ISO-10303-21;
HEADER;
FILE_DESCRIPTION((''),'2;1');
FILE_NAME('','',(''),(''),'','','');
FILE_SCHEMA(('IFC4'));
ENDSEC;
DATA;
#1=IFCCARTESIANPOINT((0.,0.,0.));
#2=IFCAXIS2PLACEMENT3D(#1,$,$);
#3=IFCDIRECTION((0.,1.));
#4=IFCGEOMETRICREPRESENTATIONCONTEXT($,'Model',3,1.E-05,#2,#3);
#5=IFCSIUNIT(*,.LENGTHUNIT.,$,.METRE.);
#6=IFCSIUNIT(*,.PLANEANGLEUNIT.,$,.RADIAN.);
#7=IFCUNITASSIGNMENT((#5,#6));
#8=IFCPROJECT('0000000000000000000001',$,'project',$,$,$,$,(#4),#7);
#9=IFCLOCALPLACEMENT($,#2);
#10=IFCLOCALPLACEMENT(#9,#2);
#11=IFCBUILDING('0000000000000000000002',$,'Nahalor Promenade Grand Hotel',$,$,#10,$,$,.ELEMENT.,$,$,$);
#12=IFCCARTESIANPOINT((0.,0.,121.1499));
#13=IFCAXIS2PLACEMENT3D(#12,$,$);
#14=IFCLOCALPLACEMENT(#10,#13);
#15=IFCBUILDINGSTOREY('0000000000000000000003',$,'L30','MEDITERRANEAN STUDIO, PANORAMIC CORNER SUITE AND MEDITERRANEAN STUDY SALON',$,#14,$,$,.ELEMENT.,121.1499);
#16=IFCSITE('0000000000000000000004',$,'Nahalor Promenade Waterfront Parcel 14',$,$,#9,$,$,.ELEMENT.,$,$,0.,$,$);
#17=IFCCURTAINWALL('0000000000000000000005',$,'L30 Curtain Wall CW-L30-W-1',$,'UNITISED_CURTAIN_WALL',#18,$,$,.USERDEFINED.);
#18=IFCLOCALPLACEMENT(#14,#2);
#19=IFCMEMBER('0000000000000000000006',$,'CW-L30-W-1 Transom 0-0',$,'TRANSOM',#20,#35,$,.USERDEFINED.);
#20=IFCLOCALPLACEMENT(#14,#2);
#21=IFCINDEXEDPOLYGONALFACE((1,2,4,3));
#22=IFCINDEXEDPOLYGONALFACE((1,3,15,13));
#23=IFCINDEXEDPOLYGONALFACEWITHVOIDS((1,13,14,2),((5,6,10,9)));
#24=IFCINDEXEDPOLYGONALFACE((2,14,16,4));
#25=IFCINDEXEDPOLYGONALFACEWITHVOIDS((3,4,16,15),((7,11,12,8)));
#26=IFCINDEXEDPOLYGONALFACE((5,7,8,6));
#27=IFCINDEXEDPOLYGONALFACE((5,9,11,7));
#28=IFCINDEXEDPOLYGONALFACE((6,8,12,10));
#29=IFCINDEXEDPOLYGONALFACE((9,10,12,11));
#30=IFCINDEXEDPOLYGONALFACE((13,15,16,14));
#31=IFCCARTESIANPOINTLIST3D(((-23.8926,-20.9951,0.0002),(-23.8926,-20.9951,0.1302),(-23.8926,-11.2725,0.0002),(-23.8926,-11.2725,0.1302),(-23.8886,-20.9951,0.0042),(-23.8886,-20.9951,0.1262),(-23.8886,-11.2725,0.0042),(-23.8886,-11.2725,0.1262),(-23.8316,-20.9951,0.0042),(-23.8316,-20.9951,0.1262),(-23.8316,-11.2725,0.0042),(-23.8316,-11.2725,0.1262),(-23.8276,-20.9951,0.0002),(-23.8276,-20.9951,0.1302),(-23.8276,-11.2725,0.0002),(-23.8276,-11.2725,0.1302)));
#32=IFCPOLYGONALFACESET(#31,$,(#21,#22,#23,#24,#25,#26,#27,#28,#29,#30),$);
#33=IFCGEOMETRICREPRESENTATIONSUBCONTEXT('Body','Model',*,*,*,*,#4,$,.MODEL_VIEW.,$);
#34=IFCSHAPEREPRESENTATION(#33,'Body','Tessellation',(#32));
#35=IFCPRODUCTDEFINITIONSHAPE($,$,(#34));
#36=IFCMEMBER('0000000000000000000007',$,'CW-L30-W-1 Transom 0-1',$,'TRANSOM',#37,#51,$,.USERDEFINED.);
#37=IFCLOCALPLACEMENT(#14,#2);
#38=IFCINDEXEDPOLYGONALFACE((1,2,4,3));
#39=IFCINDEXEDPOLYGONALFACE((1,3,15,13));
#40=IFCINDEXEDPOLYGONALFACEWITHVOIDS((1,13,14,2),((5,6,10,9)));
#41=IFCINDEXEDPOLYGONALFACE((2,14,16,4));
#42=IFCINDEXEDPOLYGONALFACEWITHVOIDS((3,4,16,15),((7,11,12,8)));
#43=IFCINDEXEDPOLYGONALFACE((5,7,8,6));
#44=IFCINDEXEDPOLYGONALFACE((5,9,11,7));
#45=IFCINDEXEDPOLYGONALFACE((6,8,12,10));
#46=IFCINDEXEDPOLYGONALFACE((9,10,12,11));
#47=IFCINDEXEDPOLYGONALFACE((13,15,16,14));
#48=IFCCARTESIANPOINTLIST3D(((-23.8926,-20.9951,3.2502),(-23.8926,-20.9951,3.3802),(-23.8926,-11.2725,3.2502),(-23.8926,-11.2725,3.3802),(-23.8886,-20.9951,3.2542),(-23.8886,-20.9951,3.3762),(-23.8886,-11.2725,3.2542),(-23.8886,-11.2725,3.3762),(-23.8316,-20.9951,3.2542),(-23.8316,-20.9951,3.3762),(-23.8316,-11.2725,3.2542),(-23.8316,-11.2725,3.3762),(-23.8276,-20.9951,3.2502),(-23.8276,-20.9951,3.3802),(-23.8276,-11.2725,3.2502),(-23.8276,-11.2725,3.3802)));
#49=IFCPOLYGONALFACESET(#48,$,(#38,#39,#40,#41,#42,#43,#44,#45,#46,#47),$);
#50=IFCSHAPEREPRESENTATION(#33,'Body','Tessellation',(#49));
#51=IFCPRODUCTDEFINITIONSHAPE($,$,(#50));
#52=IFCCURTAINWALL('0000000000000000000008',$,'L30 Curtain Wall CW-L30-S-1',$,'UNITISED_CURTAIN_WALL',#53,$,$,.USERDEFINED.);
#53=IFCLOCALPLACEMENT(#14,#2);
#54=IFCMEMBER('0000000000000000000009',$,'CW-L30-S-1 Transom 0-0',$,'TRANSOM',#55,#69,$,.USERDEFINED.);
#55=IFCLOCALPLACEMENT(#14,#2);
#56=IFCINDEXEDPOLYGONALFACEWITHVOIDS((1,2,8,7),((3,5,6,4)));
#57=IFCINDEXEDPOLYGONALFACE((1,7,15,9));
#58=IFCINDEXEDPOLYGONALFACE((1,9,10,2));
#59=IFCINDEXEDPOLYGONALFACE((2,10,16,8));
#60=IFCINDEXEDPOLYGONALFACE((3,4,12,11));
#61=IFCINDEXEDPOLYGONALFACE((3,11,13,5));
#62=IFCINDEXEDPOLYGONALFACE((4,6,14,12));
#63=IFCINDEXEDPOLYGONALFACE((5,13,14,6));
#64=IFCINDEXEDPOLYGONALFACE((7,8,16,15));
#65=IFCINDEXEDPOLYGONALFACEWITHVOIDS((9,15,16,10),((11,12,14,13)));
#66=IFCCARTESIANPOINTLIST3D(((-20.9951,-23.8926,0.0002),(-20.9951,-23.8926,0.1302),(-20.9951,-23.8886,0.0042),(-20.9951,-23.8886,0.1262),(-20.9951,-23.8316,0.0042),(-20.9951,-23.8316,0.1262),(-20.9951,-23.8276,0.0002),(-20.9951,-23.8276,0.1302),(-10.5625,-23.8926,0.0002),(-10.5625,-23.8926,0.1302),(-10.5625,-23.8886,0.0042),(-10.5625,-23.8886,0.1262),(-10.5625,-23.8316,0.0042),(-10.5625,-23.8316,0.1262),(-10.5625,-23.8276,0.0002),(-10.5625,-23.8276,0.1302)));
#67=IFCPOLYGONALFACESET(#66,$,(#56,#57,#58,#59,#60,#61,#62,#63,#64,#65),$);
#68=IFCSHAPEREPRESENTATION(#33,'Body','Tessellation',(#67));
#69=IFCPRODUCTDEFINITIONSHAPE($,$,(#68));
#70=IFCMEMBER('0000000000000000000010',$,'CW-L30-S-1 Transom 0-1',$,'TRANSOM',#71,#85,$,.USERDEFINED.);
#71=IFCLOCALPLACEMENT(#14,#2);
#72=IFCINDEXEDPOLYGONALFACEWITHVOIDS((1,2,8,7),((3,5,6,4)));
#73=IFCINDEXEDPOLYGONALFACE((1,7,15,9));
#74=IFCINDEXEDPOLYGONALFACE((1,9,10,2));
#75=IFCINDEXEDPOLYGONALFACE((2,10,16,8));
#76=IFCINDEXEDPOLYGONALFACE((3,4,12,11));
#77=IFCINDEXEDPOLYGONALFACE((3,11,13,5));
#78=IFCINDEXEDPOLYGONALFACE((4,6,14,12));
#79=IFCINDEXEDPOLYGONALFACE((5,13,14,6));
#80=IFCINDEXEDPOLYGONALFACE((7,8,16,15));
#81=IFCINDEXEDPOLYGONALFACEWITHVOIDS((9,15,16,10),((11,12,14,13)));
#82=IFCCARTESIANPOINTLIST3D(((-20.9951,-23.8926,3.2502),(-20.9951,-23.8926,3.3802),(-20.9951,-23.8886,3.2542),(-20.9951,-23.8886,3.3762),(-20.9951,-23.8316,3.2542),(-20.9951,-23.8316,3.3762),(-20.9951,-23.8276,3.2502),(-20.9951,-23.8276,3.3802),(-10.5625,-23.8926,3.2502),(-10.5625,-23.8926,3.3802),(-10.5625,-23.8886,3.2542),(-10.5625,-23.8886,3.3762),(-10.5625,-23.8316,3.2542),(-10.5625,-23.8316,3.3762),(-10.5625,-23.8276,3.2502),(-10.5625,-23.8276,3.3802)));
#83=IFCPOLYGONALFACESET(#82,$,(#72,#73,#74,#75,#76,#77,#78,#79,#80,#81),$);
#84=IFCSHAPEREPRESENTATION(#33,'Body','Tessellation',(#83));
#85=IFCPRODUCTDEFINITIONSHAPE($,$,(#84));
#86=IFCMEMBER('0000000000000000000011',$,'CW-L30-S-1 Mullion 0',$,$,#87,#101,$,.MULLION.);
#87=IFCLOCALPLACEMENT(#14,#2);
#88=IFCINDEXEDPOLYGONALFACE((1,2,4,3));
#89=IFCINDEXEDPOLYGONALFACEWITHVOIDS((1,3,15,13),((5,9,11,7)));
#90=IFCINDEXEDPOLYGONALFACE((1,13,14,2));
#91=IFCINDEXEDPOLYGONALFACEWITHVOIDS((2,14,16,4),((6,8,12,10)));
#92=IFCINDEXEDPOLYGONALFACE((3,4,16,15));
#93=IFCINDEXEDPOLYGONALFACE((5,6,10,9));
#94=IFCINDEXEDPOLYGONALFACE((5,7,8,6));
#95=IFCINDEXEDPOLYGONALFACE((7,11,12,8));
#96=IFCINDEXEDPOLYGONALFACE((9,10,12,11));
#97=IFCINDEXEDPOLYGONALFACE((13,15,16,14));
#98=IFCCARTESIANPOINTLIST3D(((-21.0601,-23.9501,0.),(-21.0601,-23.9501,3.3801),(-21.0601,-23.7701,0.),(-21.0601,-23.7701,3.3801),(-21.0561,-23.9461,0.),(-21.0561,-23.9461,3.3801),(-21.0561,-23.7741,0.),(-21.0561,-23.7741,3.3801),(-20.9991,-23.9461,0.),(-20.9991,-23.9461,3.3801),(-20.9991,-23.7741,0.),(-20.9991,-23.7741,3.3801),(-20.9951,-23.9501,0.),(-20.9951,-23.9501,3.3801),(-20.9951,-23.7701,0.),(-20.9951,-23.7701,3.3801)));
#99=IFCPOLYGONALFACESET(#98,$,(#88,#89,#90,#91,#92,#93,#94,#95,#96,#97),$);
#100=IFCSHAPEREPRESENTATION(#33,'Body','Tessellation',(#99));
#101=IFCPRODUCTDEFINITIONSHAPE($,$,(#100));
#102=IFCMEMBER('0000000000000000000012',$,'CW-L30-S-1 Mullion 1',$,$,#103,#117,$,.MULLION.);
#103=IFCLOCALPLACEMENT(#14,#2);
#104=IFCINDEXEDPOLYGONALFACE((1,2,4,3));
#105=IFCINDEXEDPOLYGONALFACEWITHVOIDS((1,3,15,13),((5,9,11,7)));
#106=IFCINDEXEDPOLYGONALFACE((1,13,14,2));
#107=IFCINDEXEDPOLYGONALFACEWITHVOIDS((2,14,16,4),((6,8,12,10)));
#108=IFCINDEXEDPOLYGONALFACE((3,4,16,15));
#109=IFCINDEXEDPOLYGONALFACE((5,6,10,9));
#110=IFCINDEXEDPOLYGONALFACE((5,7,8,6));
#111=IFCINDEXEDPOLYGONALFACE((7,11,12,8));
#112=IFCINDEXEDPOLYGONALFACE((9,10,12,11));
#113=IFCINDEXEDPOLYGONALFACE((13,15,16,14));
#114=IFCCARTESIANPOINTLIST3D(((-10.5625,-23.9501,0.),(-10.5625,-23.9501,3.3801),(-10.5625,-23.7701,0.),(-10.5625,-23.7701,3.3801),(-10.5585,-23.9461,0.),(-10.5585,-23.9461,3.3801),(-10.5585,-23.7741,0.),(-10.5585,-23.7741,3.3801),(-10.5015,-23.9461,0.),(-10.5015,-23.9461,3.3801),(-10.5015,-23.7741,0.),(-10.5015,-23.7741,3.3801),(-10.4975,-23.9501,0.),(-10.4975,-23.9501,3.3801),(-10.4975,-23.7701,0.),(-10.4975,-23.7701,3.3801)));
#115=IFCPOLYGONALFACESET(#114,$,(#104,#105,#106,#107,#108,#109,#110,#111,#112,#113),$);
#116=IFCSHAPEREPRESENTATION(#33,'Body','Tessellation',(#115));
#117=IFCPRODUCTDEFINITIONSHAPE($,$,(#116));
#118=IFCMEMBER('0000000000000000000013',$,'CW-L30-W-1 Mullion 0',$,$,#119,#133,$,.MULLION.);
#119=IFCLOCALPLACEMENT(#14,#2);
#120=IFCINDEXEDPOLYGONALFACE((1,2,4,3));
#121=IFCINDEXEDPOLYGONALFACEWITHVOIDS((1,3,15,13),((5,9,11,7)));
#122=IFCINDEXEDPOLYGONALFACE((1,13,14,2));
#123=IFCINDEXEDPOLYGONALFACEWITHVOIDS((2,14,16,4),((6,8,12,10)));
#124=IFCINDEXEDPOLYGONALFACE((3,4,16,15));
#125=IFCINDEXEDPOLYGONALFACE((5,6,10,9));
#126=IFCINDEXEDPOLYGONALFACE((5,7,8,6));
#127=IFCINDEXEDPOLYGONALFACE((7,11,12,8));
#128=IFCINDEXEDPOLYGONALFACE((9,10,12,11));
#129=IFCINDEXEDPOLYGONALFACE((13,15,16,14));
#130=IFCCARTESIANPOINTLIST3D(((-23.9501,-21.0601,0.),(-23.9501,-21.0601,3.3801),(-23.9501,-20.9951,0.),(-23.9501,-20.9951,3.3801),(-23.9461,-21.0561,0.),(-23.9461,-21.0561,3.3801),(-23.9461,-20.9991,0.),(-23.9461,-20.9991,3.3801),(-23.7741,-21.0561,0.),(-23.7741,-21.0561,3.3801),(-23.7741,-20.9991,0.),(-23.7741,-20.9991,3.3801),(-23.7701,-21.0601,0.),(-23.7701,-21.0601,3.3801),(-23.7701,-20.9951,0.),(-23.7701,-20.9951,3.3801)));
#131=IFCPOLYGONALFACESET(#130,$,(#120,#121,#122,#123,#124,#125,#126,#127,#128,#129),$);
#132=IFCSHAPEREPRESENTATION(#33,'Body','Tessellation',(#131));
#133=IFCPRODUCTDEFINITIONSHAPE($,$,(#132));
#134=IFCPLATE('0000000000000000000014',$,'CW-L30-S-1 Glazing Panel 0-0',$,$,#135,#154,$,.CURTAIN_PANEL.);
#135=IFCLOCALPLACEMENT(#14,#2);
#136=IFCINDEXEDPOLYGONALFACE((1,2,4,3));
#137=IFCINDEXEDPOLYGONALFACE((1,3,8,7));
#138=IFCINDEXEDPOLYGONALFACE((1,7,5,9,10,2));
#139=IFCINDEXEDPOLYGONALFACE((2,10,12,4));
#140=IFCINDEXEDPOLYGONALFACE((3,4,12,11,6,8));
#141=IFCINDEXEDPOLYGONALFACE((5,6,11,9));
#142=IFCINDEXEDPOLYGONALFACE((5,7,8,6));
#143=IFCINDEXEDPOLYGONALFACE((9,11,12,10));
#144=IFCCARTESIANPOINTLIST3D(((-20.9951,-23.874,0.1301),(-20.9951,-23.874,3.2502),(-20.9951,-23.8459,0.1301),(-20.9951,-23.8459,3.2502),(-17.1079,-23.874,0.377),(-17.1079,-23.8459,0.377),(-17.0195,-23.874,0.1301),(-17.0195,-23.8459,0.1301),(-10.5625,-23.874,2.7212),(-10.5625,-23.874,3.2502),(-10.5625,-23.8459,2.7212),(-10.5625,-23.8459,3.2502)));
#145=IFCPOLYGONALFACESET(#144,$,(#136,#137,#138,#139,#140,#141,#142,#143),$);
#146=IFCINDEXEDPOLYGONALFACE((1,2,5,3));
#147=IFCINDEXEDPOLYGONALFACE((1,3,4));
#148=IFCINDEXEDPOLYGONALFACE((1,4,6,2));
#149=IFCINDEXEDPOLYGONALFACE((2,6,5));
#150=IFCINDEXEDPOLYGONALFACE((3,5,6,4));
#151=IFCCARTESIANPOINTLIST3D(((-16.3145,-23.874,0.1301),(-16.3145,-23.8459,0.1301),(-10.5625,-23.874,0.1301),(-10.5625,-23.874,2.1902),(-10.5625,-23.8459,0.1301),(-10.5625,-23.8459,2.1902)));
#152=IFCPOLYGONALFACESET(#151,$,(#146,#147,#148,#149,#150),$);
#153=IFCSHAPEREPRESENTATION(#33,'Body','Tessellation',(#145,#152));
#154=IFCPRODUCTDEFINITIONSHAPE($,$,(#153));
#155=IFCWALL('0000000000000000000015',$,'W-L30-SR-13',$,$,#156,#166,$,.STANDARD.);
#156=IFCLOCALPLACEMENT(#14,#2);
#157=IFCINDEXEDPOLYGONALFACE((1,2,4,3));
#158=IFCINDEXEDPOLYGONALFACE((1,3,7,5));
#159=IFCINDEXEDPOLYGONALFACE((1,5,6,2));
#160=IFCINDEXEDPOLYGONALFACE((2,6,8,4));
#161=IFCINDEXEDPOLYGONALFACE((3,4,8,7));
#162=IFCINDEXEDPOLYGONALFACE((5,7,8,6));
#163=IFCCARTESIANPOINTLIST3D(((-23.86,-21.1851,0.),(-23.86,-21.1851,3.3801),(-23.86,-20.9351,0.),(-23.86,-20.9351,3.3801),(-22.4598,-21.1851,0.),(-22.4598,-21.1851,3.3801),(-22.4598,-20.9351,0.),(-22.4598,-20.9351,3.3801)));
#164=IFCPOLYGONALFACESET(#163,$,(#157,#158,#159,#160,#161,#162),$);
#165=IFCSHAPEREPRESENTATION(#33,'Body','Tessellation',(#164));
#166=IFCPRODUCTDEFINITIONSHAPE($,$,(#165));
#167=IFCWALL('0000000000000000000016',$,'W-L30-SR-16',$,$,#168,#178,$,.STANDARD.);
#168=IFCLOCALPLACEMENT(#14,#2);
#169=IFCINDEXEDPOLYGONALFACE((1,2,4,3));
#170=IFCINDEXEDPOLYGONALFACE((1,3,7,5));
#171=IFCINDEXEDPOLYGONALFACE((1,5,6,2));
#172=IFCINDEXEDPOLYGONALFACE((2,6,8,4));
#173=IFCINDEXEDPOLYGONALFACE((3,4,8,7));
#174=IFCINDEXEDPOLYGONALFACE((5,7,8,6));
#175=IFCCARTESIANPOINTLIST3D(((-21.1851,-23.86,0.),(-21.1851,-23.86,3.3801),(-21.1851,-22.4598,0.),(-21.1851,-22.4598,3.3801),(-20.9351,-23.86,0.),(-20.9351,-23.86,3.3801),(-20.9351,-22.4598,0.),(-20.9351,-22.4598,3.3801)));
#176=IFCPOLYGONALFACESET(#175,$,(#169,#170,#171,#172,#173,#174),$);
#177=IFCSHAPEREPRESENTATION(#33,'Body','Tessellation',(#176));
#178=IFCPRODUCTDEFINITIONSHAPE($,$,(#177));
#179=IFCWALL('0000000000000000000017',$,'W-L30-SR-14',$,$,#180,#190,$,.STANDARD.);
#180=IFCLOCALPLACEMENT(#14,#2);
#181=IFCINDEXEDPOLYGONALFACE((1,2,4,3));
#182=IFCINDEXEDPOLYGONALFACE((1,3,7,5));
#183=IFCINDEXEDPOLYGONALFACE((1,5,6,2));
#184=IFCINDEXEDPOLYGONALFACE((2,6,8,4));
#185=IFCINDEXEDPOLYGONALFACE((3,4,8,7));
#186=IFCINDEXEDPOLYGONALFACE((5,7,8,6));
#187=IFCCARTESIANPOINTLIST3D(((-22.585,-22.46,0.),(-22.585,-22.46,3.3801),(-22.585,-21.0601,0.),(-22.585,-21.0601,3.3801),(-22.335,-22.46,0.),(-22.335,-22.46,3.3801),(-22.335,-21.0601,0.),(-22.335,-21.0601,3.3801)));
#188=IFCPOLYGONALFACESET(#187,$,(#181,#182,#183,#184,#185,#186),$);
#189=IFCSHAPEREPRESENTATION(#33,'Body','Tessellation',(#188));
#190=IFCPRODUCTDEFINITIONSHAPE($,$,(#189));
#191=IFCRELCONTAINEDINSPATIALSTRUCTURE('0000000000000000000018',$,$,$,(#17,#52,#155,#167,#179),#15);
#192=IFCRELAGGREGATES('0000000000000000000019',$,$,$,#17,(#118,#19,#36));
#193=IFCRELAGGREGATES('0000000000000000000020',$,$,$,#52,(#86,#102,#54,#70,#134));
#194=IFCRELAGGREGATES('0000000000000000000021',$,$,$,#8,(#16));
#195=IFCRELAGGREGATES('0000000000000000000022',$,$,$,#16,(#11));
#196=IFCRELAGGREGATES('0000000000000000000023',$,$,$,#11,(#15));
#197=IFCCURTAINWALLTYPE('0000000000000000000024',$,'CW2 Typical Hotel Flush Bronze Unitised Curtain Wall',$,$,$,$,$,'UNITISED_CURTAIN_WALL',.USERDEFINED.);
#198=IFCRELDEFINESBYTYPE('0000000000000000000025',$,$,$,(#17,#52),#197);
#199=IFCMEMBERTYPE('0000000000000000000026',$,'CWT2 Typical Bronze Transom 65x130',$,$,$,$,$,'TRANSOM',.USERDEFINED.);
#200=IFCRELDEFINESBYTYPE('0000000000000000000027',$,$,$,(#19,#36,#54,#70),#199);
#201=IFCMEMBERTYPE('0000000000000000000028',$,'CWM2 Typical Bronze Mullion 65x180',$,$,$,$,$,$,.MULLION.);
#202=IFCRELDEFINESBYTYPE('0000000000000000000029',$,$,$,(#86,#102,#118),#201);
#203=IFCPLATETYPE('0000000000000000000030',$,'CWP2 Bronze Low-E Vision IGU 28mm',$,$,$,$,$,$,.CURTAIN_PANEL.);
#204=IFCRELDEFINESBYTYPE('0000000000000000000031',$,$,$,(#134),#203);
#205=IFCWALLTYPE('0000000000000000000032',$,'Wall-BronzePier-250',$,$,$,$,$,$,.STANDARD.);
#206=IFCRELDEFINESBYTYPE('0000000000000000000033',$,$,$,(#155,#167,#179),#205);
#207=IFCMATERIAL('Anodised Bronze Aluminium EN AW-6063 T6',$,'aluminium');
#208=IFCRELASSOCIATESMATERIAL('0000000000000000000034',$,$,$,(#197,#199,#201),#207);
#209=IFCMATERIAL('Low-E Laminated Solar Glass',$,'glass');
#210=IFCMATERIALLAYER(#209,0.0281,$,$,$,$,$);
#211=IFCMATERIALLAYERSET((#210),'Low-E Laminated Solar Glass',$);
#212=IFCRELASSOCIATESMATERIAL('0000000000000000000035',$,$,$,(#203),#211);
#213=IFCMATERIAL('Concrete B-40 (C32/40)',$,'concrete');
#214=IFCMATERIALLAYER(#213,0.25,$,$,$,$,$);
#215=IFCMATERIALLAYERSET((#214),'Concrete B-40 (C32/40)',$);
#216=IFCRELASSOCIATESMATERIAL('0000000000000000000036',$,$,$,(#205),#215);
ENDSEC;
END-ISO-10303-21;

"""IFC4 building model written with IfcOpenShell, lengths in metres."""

from ifc_helpers import new_model, si_unit, direction, frame, frame_2d, origin, origin_2d, place, context, subcontext, project, spatial, polyline, rectangle, hollow_rectangle, outline, extrude, source, transform, mapped, material, layer, layer_set, material_profile, profile_set, type_object, element, aggregate, save


model = new_model("IFC4")

# Units and contexts
model_context = context("Model", 3, precision=1e-05, world=origin(), true_north=direction((0.0, 1.0)))
body_context = subcontext(model_context, "Body", "Model", "MODEL_VIEW")
ifc_project = project(units=[si_unit("LENGTHUNIT", "METRE"), si_unit("PLANEANGLEUNIT", "RADIAN")], contexts=[model_context])

# Site, building, storey
site_placement = place(None, origin())
site = spatial("IfcSite", under=ifc_project, at=site_placement, Name="Nahalor Promenade Waterfront Parcel 14", CompositionType="ELEMENT", RefElevation=0.0)
building_placement = place(site_placement, origin())
building = spatial("IfcBuilding", under=site, at=building_placement, Name="Nahalor Promenade Grand Hotel", CompositionType="ELEMENT")
storey_placement = place(building_placement, frame((0.0, 0.0, 121.1499)))
storey = spatial("IfcBuildingStorey", under=building, at=storey_placement, Name="L30", Description="MEDITERRANEAN STUDIO, PANORAMIC CORNER SUITE AND MEDITERRANEAN STUDY SALON", CompositionType="ELEMENT", Elevation=121.1499)

# Curtain walls, members
ifc_material_1 = material(Name="Anodised Bronze Aluminium EN AW-6063 T6", Category="aluminium")
curtain_wall_type = type_object("IfcCurtainWallType", Name="CW2 Typical Hotel Flush Bronze Unitised Curtain Wall", ElementType="UNITISED_CURTAIN_WALL", PredefinedType="USERDEFINED", material=ifc_material_1)
curtain_wall_1_placement = place(storey_placement, origin())
curtain_wall_1 = element("IfcCurtainWall", 1, at=curtain_wall_1_placement, inside=storey, type_object=curtain_wall_type, Name="L30 Curtain Wall CW-L30-W-1", ObjectType="UNITISED_CURTAIN_WALL", PredefinedType="USERDEFINED")
ifc_material_profile_1 = material_profile(ifc_material_1, hollow_rectangle(XDim=0.065, YDim=0.13, WallThickness=0.004, at=origin_2d()), Name="CWT 65x130x4")
ifc_profile_set_1 = profile_set([ifc_material_profile_1], Name="Anodised Bronze Aluminium EN AW-6063 T6")
member_type_1 = type_object("IfcMemberType", Name="CWT2 Typical Bronze Transom 65x130", ElementType="TRANSOM", PredefinedType="USERDEFINED", material=ifc_profile_set_1)
shared_shape_1 = source(origin(), body_context, "Body", "SweptSolid", [
    extrude(hollow_rectangle(XDim=0.065, YDim=0.13, WallThickness=0.004, at=origin_2d()), origin(), (0.0, 0.0, 1.0), 9.7227),
])
member_1_placement = place(storey_placement, frame((-23.8601, -20.9951, 0.0652), z_axis=(0.0, 1.0, 0.0), x_axis=(-1.0, 0.0, 0.0)))
member_1 = element("IfcMember", 2, at=member_1_placement, type_object=member_type_1, Name="CW-L30-W-1 Transom 0-0", ObjectType="TRANSOM", PredefinedType="USERDEFINED", context=body_context, shape_type="MappedRepresentation", body=[
    mapped(shared_shape_1, transform((0.0, 0.0, 0.0), scale=1.0)),
])
member_2_placement = place(storey_placement, frame((-23.8601, -20.9951, 3.3152), z_axis=(0.0, 1.0, 0.0), x_axis=(-1.0, 0.0, 0.0)))
member_2 = element("IfcMember", 3, at=member_2_placement, type_object=member_type_1, Name="CW-L30-W-1 Transom 0-1", ObjectType="TRANSOM", PredefinedType="USERDEFINED", context=body_context, shape_type="MappedRepresentation", body=[
    mapped(shared_shape_1, transform((0.0, 0.0, 0.0), scale=1.0)),
])
curtain_wall_2_placement = place(storey_placement, origin())
curtain_wall_2 = element("IfcCurtainWall", 4, at=curtain_wall_2_placement, inside=storey, type_object=curtain_wall_type, Name="L30 Curtain Wall CW-L30-S-1", ObjectType="UNITISED_CURTAIN_WALL", PredefinedType="USERDEFINED")
shared_shape_2 = source(origin(), body_context, "Body", "SweptSolid", [
    extrude(hollow_rectangle(XDim=0.065, YDim=0.13, WallThickness=0.004, at=origin_2d()), origin(), (0.0, 0.0, 1.0), 10.4326),
])
member_3_placement = place(storey_placement, frame((-20.9951, -23.8601, 0.0652), z_axis=(1.0, 0.0, 0.0), x_axis=(0.0, 1.0, 0.0)))
member_3 = element("IfcMember", 5, at=member_3_placement, type_object=member_type_1, Name="CW-L30-S-1 Transom 0-0", ObjectType="TRANSOM", PredefinedType="USERDEFINED", context=body_context, shape_type="MappedRepresentation", body=[
    mapped(shared_shape_2, transform((0.0, 0.0, 0.0), scale=1.0)),
])
member_4_placement = place(storey_placement, frame((-20.9951, -23.8601, 3.3152), z_axis=(1.0, 0.0, 0.0), x_axis=(0.0, 1.0, 0.0)))
member_4 = element("IfcMember", 6, at=member_4_placement, type_object=member_type_1, Name="CW-L30-S-1 Transom 0-1", ObjectType="TRANSOM", PredefinedType="USERDEFINED", context=body_context, shape_type="MappedRepresentation", body=[
    mapped(shared_shape_2, transform((0.0, 0.0, 0.0), scale=1.0)),
])
ifc_material_profile_2 = material_profile(ifc_material_1, hollow_rectangle(XDim=0.065, YDim=0.18, WallThickness=0.004, at=origin_2d()), Name="CWM 65x180x4")
ifc_profile_set_2 = profile_set([ifc_material_profile_2], Name="Anodised Bronze Aluminium EN AW-6063 T6")
member_type_2 = type_object("IfcMemberType", Name="CWM2 Typical Bronze Mullion 65x180", PredefinedType="MULLION", material=ifc_profile_set_2)
shared_shape_3 = source(origin(), body_context, "Body", "SweptSolid", [
    extrude(hollow_rectangle(XDim=0.065, YDim=0.18, WallThickness=0.004, at=origin_2d()), origin(), (0.0, 0.0, 1.0), 3.3801),
])
member_5_placement = place(storey_placement, frame((-21.0276, -23.8601, 0.0), z_axis=(0.0, 0.0, 1.0), x_axis=(1.0, 0.0, 0.0)))
member_5 = element("IfcMember", 7, at=member_5_placement, type_object=member_type_2, Name="CW-L30-S-1 Mullion 0", PredefinedType="MULLION", context=body_context, shape_type="MappedRepresentation", body=[
    mapped(shared_shape_3, transform((0.0, 0.0, 0.0), scale=1.0)),
])
member_6_placement = place(storey_placement, frame((-10.53, -23.8601, 0.0), z_axis=(0.0, 0.0, 1.0), x_axis=(1.0, 0.0, 0.0)))
member_6 = element("IfcMember", 8, at=member_6_placement, type_object=member_type_2, Name="CW-L30-S-1 Mullion 1", PredefinedType="MULLION", context=body_context, shape_type="MappedRepresentation", body=[
    mapped(shared_shape_3, transform((0.0, 0.0, 0.0), scale=1.0)),
])

# Member
member_7_placement = place(storey_placement, frame((-23.8601, -21.0276, 0.0), z_axis=(0.0, 0.0, 1.0), x_axis=(0.0, 1.0, 0.0)))
member_7 = element("IfcMember", 9, at=member_7_placement, type_object=member_type_2, Name="CW-L30-W-1 Mullion 0", PredefinedType="MULLION", context=body_context, shape_type="MappedRepresentation", body=[
    mapped(shared_shape_3, transform((0.0, 0.0, 0.0), scale=1.0)),
])
aggregate(curtain_wall_1, [member_7, member_1, member_2])

# Plate
ifc_material_2 = material(Name="Low-E Laminated Solar Glass", Category="glass")
ifc_layer_1 = layer(ifc_material_2, 0.0281)
ifc_layer_set_1 = layer_set([ifc_layer_1], Name="Low-E Laminated Solar Glass")
plate_type = type_object("IfcPlateType", Name="CWP2 Bronze Low-E Vision IGU 28mm", PredefinedType="CURTAIN_PANEL", material=ifc_layer_set_1)
plate_placement = place(storey_placement, frame((-15.7788, -23.8601, 0.1301), z_axis=(0.0, 0.0, 1.0), x_axis=(1.0, 0.0, 0.0)))
plate = element("IfcPlate", 10, at=plate_placement, type_object=plate_type, Name="CW-L30-S-1 Glazing Panel 0-0", PredefinedType="CURTAIN_PANEL", context=body_context, shape_type="SweptSolid", body=[
    extrude(outline(polyline([(-5.2163, 3.1201), (-5.2163, 0.0), (-1.2407, 0.0), (-1.3291, 0.2468), (5.2163, 2.5911), (5.2163, 3.1201), (-5.2163, 3.1201)])), frame((0.0, 0.0142, 0.0), z_axis=(0.0, -1.0, 0.0), x_axis=(1.0, 0.0, 0.0)), (0.0, 0.0, 1.0), 0.0281),
    extrude(outline(polyline([(-0.5356, 0.0), (5.2163, 0.0), (5.2163, 2.0601), (-0.5356, 0.0)])), frame((0.0, 0.0142, 0.0), z_axis=(0.0, -1.0, 0.0), x_axis=(1.0, 0.0, 0.0)), (0.0, 0.0, 1.0), 0.0281),
])
aggregate(curtain_wall_2, [member_5, member_6, member_3, member_4, plate])

# Walls
ifc_material_3 = material(Name="Concrete B-40 (C32/40)", Category="concrete")
ifc_layer_2 = layer(ifc_material_3, 0.25)
ifc_layer_set_2 = layer_set([ifc_layer_2], Name="Concrete B-40 (C32/40)")
wall_type_1 = type_object("IfcWallType", Name="Wall-BronzePier-250", PredefinedType="STANDARD", material=ifc_layer_set_2)
shared_shape_4 = source(origin(), body_context, "Body", "SweptSolid", [
    extrude(rectangle(XDim=1.4001, YDim=0.25, at=frame_2d((0.7002, 0.0))), origin(), (0.0, 0.0, 1.0), 3.3801),
])
for number, where, z_axis, x_axis, name in (
    (11, (-23.8601, -21.0601, 0.0), (0.0, 0.0, 1.0), (1.0, 0.0, 0.0), "W-L30-SR-13"),
    (12, (-21.0601, -23.8601, 0.0), (0.0, 0.0, 1.0), (0.0, 1.0, 0.0), "W-L30-SR-16"),
):
    element("IfcWall", number, at=place(storey_placement, frame(where, z_axis=z_axis, x_axis=x_axis)), inside=storey, type_object=wall_type_1, Name=name, PredefinedType="STANDARD", context=body_context, shape_type="MappedRepresentation", body=[
        mapped(shared_shape_4, transform((0.0, 0.0, 0.0), scale=1.0)),
    ])
shared_shape_5 = source(origin(), body_context, "Body", "SweptSolid", [
    extrude(rectangle(XDim=1.3999, YDim=0.25, at=frame_2d((0.7, 0.0))), origin(), (0.0, 0.0, 1.0), 3.3801),
])
for number, where, z_axis, x_axis, name in (
    (13, (-22.46, -22.46, 0.0), (0.0, 0.0, 1.0), (0.0, 1.0, 0.0), "W-L30-SR-14"),
):
    element("IfcWall", number, at=place(storey_placement, frame(where, z_axis=z_axis, x_axis=x_axis)), inside=storey, type_object=wall_type_1, Name=name, PredefinedType="STANDARD", context=body_context, shape_type="MappedRepresentation", body=[
        mapped(shared_shape_5, transform((0.0, 0.0, 0.0), scale=1.0)),
    ])

save(model, "model.ifc")
